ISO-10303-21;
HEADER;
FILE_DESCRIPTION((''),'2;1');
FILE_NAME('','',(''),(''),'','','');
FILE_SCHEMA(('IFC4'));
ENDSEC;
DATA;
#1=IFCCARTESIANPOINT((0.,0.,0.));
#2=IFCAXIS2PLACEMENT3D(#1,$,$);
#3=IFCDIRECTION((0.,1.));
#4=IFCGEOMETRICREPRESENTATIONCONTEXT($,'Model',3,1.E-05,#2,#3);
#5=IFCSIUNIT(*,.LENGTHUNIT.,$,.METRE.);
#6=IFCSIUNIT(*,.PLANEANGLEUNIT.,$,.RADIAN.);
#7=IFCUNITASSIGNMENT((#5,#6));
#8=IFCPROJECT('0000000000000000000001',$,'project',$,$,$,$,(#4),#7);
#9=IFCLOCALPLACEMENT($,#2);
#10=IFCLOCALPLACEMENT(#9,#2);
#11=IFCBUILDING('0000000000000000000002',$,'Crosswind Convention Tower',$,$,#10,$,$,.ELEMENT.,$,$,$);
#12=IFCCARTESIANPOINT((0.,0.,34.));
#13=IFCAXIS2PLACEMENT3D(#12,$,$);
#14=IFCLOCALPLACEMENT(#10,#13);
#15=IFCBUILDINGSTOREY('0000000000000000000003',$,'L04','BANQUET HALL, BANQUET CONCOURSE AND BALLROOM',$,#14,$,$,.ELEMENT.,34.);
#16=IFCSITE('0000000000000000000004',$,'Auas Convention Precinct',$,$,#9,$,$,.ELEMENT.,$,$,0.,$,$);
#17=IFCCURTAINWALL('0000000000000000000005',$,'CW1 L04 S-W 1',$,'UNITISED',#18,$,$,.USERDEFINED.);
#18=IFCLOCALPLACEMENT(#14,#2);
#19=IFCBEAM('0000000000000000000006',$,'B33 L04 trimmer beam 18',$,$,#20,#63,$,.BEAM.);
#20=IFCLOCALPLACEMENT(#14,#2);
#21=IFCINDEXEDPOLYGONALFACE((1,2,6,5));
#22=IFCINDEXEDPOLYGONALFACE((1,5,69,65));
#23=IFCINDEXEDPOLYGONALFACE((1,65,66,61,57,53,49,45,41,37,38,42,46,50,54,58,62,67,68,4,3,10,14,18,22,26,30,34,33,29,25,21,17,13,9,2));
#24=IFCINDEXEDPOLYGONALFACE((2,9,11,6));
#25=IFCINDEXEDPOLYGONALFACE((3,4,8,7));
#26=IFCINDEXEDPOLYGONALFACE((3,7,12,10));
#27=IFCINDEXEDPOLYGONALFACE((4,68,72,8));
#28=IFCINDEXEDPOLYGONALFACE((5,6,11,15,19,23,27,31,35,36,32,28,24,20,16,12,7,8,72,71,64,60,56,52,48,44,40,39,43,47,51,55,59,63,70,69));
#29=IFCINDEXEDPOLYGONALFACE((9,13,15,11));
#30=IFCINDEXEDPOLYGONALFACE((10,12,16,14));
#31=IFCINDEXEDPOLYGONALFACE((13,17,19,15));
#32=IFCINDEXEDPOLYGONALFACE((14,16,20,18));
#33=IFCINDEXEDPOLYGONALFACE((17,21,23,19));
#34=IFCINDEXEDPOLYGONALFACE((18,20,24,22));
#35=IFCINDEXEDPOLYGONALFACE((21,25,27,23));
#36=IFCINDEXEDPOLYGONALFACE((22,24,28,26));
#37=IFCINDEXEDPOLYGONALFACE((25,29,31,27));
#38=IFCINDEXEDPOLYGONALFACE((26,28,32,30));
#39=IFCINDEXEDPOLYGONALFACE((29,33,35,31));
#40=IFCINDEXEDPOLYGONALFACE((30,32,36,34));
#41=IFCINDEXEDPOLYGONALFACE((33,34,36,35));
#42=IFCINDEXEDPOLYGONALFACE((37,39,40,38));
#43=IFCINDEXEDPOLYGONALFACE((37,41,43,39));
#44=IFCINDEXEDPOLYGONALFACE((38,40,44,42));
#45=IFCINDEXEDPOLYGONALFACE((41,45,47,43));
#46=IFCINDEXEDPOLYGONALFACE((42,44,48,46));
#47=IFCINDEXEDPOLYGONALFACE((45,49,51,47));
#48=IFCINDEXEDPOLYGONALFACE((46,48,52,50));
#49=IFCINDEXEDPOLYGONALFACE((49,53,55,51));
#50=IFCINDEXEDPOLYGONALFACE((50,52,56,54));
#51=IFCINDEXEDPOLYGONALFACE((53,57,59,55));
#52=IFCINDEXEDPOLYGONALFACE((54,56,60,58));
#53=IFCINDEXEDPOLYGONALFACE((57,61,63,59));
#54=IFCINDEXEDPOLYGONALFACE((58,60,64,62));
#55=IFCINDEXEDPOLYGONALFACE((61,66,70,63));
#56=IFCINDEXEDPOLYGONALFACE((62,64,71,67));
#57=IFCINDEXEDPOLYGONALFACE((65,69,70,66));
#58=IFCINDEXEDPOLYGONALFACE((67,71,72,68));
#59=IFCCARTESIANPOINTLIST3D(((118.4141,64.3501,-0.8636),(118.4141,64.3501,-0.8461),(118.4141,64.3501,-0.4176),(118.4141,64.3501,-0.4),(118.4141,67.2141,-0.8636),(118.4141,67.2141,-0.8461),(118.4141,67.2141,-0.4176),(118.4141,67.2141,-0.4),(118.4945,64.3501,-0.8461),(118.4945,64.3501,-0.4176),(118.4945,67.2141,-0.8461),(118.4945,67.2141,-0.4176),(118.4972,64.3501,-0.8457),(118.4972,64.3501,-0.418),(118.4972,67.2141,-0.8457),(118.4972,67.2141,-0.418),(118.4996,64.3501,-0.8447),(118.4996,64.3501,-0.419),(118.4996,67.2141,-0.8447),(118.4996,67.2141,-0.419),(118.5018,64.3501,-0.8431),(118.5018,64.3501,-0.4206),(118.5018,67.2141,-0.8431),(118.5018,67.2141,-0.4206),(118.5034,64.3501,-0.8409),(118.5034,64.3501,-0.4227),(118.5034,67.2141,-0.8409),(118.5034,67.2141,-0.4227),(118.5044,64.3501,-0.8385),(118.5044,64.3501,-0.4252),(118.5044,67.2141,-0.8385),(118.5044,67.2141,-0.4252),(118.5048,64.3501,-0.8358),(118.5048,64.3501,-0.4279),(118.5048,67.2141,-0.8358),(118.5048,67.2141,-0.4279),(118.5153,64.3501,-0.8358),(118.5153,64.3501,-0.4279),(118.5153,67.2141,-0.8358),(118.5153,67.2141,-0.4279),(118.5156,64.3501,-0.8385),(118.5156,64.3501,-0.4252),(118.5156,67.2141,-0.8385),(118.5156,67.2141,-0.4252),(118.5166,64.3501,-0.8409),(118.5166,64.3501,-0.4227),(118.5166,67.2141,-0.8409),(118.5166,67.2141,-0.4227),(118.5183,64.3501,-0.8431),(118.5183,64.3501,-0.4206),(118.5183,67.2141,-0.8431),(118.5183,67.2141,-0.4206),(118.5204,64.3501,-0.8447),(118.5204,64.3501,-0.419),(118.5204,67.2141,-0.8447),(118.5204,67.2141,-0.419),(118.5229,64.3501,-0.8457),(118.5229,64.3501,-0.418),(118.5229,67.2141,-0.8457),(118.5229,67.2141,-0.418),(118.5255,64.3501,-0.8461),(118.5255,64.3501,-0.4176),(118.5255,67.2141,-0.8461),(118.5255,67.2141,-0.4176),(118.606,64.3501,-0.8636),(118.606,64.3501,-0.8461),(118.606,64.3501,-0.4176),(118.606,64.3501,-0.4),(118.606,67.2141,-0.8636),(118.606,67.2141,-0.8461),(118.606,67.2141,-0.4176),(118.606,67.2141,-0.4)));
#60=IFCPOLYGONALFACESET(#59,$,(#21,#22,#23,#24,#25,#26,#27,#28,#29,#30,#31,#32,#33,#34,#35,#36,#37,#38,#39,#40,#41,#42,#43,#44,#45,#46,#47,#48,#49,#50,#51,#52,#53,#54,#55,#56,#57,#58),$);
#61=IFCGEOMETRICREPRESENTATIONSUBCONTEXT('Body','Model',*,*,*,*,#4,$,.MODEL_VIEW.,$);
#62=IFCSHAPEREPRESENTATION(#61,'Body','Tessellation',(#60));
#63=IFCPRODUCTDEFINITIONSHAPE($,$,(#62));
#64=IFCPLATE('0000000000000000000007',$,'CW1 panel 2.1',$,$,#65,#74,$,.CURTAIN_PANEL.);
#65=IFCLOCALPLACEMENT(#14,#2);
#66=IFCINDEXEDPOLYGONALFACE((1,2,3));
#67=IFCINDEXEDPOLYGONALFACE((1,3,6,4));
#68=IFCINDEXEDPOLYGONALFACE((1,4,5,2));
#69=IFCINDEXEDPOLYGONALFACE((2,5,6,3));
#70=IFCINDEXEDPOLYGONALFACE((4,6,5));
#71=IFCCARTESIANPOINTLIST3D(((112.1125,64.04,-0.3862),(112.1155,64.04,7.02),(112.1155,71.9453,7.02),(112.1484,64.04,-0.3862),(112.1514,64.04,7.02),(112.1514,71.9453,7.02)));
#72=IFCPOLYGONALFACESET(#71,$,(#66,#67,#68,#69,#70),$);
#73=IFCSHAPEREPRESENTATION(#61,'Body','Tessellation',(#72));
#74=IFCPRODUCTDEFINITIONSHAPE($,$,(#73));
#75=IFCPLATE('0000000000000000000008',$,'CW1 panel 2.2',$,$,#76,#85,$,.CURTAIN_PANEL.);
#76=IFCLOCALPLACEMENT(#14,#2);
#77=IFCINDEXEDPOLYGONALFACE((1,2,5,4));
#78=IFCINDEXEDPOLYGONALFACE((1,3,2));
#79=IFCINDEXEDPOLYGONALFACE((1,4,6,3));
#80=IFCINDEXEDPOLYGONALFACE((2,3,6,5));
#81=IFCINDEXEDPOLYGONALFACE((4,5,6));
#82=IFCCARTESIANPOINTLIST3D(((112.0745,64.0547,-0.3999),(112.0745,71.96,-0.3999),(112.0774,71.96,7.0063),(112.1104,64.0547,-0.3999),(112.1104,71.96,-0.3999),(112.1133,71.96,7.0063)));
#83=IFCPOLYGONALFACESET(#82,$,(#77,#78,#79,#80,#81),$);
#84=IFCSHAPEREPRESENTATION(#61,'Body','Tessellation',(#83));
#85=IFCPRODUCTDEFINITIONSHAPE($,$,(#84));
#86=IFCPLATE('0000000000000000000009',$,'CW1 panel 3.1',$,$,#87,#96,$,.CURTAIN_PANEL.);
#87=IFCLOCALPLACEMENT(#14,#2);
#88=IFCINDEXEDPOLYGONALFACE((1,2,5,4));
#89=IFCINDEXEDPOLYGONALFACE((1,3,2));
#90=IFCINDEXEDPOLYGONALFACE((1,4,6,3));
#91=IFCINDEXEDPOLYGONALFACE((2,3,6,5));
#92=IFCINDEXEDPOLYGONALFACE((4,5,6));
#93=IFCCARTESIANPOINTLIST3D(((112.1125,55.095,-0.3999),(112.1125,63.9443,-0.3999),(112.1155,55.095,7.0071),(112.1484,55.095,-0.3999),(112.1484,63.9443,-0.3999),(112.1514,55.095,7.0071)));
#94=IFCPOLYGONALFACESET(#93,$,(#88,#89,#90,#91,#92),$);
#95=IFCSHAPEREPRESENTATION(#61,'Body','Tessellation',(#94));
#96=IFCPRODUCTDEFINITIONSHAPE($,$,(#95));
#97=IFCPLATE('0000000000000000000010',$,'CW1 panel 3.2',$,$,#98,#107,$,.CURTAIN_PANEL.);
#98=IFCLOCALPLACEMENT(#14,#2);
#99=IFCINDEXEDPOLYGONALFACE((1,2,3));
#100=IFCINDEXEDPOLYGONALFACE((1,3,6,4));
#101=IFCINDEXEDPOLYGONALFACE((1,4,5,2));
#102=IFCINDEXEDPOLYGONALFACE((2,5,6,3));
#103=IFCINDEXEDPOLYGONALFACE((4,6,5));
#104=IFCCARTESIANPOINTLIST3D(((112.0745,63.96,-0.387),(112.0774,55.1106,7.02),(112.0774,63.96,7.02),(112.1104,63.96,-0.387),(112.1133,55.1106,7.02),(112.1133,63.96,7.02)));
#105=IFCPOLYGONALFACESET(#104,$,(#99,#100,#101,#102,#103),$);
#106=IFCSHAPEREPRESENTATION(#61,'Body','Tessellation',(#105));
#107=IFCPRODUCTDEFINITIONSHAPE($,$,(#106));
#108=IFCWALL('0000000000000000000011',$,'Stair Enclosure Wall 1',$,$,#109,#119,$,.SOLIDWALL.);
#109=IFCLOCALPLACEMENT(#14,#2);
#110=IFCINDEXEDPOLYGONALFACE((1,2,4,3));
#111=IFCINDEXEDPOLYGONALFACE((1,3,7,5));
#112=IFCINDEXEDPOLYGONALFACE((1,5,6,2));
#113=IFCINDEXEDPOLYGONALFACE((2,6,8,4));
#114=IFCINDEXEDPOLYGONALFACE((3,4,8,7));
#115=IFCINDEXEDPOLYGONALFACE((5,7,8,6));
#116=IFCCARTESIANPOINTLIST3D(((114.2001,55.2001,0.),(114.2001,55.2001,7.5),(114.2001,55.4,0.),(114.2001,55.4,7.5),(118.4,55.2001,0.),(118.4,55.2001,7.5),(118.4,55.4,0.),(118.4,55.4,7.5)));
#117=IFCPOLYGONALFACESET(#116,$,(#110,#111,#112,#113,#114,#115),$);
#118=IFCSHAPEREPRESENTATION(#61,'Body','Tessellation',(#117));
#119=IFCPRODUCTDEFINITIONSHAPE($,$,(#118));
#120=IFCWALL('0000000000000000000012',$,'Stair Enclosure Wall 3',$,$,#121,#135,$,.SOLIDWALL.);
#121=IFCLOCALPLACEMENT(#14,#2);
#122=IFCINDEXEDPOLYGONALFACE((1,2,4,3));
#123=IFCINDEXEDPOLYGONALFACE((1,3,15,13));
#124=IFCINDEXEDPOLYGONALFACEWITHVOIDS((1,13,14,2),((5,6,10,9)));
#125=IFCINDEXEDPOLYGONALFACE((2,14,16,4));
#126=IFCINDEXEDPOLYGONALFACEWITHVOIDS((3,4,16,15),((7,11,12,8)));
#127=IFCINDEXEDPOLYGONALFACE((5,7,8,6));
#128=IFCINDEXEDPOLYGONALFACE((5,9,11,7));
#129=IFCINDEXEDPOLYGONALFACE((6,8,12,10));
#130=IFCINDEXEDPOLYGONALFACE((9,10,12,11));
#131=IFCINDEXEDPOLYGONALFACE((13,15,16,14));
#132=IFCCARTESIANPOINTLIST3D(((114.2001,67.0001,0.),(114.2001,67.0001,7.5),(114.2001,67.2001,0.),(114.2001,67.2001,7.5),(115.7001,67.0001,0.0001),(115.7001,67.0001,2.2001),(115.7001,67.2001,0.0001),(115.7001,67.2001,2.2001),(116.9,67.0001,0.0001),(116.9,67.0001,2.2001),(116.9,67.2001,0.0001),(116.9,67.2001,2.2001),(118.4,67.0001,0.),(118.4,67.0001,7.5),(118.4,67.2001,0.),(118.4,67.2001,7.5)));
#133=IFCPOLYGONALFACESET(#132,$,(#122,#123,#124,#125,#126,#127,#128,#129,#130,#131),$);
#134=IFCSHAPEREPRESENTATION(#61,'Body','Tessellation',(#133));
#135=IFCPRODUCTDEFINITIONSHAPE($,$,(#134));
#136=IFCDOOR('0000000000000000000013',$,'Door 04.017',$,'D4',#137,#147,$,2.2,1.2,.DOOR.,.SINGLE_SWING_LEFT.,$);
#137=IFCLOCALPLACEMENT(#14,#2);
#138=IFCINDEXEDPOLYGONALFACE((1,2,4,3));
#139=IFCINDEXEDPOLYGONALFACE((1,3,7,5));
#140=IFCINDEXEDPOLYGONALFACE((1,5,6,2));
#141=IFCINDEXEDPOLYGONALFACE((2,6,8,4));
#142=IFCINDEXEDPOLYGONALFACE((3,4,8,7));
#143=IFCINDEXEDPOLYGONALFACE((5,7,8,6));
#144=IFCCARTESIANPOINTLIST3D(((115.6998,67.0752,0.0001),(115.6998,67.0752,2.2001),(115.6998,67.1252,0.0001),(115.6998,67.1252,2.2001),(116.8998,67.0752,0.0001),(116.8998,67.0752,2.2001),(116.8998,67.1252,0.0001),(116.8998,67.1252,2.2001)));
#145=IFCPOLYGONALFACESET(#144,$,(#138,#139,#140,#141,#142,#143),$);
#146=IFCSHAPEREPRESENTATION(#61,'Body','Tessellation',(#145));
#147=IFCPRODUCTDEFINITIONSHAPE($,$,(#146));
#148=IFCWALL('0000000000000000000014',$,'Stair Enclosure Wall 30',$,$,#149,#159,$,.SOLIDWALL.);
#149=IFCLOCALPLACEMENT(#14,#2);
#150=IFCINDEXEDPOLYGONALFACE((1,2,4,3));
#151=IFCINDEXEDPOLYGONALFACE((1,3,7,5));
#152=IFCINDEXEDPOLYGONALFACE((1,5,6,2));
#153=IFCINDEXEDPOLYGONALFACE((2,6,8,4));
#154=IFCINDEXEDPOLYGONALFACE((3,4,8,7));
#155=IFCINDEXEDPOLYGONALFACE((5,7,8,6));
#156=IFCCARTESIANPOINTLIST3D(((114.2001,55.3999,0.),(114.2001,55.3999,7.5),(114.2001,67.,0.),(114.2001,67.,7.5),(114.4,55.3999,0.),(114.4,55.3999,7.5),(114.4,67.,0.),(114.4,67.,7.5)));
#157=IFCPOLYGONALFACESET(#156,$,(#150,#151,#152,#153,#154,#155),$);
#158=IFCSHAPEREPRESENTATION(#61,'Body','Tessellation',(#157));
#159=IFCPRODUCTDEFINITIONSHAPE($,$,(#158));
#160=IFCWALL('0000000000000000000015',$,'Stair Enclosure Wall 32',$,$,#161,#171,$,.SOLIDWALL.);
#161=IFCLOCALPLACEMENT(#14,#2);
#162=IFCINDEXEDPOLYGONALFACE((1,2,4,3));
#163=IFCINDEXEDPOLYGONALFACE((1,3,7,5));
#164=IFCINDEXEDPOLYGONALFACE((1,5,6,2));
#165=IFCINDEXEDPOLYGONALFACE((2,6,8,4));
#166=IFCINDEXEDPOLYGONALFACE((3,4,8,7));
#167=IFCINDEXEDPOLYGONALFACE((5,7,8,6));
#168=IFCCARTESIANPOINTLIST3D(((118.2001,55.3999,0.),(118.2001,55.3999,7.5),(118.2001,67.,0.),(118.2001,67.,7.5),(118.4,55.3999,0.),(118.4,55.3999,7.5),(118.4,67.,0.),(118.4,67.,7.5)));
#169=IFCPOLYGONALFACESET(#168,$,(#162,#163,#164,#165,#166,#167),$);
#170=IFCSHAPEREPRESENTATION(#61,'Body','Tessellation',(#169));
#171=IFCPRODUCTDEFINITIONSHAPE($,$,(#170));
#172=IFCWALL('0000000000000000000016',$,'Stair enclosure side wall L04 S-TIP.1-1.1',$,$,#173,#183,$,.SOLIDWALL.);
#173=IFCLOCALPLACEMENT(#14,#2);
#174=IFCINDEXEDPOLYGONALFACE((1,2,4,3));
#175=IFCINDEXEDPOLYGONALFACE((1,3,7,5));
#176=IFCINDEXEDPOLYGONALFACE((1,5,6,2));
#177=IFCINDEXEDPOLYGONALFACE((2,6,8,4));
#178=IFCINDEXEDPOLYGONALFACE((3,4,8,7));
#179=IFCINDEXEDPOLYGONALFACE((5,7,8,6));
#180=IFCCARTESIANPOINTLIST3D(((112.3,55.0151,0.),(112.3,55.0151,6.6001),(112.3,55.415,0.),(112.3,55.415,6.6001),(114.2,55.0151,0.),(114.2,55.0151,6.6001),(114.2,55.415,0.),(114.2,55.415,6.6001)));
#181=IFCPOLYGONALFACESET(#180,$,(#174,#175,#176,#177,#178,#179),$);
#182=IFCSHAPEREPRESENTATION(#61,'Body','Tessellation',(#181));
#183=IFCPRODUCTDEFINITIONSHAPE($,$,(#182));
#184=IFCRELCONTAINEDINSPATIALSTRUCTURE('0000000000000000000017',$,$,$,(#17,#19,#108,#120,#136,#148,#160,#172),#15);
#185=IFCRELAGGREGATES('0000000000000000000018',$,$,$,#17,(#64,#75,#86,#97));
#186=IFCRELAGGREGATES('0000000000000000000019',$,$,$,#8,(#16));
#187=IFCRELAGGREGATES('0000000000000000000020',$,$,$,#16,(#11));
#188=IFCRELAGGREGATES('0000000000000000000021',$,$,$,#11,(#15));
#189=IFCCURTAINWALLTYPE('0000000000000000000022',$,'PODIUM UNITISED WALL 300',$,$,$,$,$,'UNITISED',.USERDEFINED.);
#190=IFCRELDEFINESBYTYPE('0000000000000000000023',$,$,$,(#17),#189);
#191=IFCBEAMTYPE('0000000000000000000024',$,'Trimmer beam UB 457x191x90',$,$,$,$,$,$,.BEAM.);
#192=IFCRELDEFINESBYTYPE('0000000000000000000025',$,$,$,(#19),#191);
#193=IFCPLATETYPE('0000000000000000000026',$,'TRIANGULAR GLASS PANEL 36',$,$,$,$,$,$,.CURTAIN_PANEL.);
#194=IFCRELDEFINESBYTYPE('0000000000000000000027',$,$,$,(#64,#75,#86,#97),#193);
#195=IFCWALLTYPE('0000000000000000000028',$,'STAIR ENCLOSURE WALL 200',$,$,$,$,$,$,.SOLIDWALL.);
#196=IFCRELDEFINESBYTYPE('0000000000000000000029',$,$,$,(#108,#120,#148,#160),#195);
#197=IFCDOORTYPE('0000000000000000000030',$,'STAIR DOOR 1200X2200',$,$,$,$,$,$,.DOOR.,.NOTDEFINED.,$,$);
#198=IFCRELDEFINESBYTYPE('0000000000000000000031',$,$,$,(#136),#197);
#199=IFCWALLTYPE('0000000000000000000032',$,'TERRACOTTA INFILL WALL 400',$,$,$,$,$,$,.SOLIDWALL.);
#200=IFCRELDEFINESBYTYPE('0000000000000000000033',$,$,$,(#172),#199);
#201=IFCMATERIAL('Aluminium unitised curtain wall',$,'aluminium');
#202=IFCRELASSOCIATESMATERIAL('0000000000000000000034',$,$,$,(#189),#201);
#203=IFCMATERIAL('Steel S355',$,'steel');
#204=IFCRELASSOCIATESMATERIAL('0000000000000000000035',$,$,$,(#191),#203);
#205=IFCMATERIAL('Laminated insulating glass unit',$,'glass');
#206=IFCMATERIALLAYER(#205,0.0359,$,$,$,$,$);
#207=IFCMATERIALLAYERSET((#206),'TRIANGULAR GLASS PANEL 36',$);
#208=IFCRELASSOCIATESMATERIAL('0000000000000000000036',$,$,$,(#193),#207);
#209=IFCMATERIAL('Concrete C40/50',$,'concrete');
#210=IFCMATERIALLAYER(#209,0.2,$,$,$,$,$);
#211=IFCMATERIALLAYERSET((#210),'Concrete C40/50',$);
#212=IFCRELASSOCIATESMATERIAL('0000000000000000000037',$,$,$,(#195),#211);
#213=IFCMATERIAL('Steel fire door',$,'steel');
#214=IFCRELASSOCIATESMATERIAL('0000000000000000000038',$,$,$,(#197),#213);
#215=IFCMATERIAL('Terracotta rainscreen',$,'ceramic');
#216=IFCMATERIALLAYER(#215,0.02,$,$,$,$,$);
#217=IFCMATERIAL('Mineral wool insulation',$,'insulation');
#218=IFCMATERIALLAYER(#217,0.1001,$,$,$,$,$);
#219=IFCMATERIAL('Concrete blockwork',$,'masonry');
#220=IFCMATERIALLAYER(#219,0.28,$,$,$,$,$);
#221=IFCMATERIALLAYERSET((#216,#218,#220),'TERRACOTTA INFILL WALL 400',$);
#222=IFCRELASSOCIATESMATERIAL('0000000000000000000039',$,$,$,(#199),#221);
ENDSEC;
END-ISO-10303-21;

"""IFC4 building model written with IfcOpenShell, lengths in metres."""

from ifc_helpers import new_model, si_unit, direction, frame, frame_2d, origin, origin_2d, place, context, subcontext, project, spatial, polyline, rectangle, i_section, outline, extrude, material, layer, layer_set, material_profile, profile_set, type_object, element, fill, aggregate, save


model = new_model("IFC4")

# Units and contexts
model_context = context("Model", 3, precision=1e-05, world=origin(), true_north=direction((0.0, 1.0)))
body_context = subcontext(model_context, "Body", "Model", "MODEL_VIEW")
ifc_project = project(units=[si_unit("LENGTHUNIT", "METRE"), si_unit("PLANEANGLEUNIT", "RADIAN")], contexts=[model_context])

# Site, building, storey
site_placement = place(None, origin())
site = spatial("IfcSite", under=ifc_project, at=site_placement, Name="Auas Convention Precinct", CompositionType="ELEMENT", RefElevation=0.0)
building_placement = place(site_placement, origin())
building = spatial("IfcBuilding", under=site, at=building_placement, Name="Crosswind Convention Tower", CompositionType="ELEMENT")
storey_placement = place(building_placement, frame((0.0, 0.0, 34.0)))
storey = spatial("IfcBuildingStorey", under=building, at=storey_placement, Name="L04", Description="BANQUET HALL, BANQUET CONCOURSE AND BALLROOM", CompositionType="ELEMENT", Elevation=34.0)

# Shared definitions
ifc_material_1 = material(Name="Steel S355", Category="steel")

# Curtain wall
ifc_material_2 = material(Name="Aluminium unitised curtain wall", Category="aluminium")
curtain_wall_type = type_object("IfcCurtainWallType", Name="PODIUM UNITISED WALL 300", ElementType="UNITISED", PredefinedType="USERDEFINED", material=ifc_material_2)
curtain_wall_placement = place(storey_placement, origin())
curtain_wall = element("IfcCurtainWall", 1, at=curtain_wall_placement, inside=storey, type_object=curtain_wall_type, Name="CW1 L04 S-W 1", ObjectType="UNITISED", PredefinedType="USERDEFINED")

# Beam
ifc_material_profile_1 = material_profile(ifc_material_1, i_section(OverallWidth=0.1919, OverallDepth=0.4636, WebThickness=0.0105, FlangeThickness=0.0176, FilletRadius=0.0103, at=origin_2d()), Name="UB 457x191x90")
ifc_profile_set_1 = profile_set([ifc_material_profile_1], Name="Steel S355")
beam_type_1 = type_object("IfcBeamType", Name="Trimmer beam UB 457x191x90", PredefinedType="BEAM", material=ifc_profile_set_1)
beam_1_placement = place(storey_placement, frame((118.51, 67.2141, -0.6318), z_axis=(0.0, -1.0, 0.0), x_axis=(1.0, 0.0, 0.0)))
element("IfcBeam", 2, at=beam_1_placement, inside=storey, type_object=beam_type_1, Name="B33 L04 trimmer beam 18", PredefinedType="BEAM", context=body_context, shape_type="SweptSolid", body=[
    extrude(i_section(OverallWidth=0.1919, OverallDepth=0.4636, WebThickness=0.0105, FlangeThickness=0.0176, FilletRadius=0.0103, at=origin_2d()), origin(), (0.0, 0.0, 1.0), 2.864),
])

# Plates
ifc_material_3 = material(Name="Laminated insulating glass unit", Category="glass")
ifc_layer_1 = layer(ifc_material_3, 0.0359)
ifc_layer_set_1 = layer_set([ifc_layer_1], Name="TRIANGULAR GLASS PANEL 36")
plate_type = type_object("IfcPlateType", Name="TRIANGULAR GLASS PANEL 36", PredefinedType="CURTAIN_PANEL", material=ifc_layer_set_1)
plate_1_placement = place(storey_placement, frame((112.1155, 64.04, 7.02), z_axis=(-1.0, 0.0, 0.000396), x_axis=(0.0, 1.0, 0.0)))
plate_1 = element("IfcPlate", 3, at=plate_1_placement, type_object=plate_type, Name="CW1 panel 2.1", PredefinedType="CURTAIN_PANEL", context=body_context, shape_type="SweptSolid", body=[
    extrude(outline(polyline([(0.0, 0.0), (7.9053, 0.0), (0.0, 7.4063), (0.0, 0.0)])), origin(), (0.0, 0.0, -1.0), 0.0359),
])
plate_2_placement = place(storey_placement, frame((112.0745, 71.96, -0.3999), z_axis=(-1.0, 0.0, 0.000396), x_axis=(0.0, -1.0, 0.0)))
plate_2 = element("IfcPlate", 4, at=plate_2_placement, type_object=plate_type, Name="CW1 panel 2.2", PredefinedType="CURTAIN_PANEL", context=body_context, shape_type="SweptSolid", body=[
    extrude(outline(polyline([(0.0, 0.0), (7.9053, 0.0), (0.0, 7.4063), (0.0, 0.0)])), origin(), (0.0, 0.0, -1.0), 0.0359),
])
plate_3_placement = place(storey_placement, frame((112.1125, 55.095, -0.3999), z_axis=(-1.0, 0.0, 0.000396), x_axis=(0.000396, 0.0, 1.0)))
plate_3 = element("IfcPlate", 5, at=plate_3_placement, type_object=plate_type, Name="CW1 panel 3.1", PredefinedType="CURTAIN_PANEL", context=body_context, shape_type="SweptSolid", body=[
    extrude(outline(polyline([(0.0, 0.0), (7.407, 0.0), (0.0, 8.8494), (0.0, 0.0)])), origin(), (0.0, 0.0, -1.0), 0.0359),
])
plate_4_placement = place(storey_placement, frame((112.0774, 63.96, 7.02), z_axis=(-1.0, 0.0, 0.000396), x_axis=(-0.000396, 0.0, -1.0)))
plate_4 = element("IfcPlate", 6, at=plate_4_placement, type_object=plate_type, Name="CW1 panel 3.2", PredefinedType="CURTAIN_PANEL", context=body_context, shape_type="SweptSolid", body=[
    extrude(outline(polyline([(0.0, 0.0), (7.407, 0.0), (0.0, 8.8494), (0.0, 0.0)])), origin(), (0.0, 0.0, -1.0), 0.0359),
])
aggregate(curtain_wall, [plate_1, plate_2, plate_3, plate_4])

# Wall
ifc_material_4 = material(Name="Concrete C40/50", Category="concrete")
ifc_layer_2 = layer(ifc_material_4, 0.2)
ifc_layer_set_2 = layer_set([ifc_layer_2], Name="Concrete C40/50")
wall_type_1 = type_object("IfcWallType", Name="STAIR ENCLOSURE WALL 200", PredefinedType="SOLIDWALL", material=ifc_layer_set_2)
wall_1_placement = place(storey_placement, frame((114.2, 55.3, 0.0), z_axis=(0.0, 0.0, 1.0), x_axis=(1.0, 0.0, 0.0)))
element("IfcWall", 7, at=wall_1_placement, inside=storey, type_object=wall_type_1, Name="Stair Enclosure Wall 1", PredefinedType="SOLIDWALL", context=body_context, shape_type="SweptSolid", body=[
    extrude(rectangle(XDim=4.2, YDim=0.2, at=frame_2d((2.1001, 0.0))), origin(), (0.0, 0.0, 1.0), 7.5),
])

# Wall, opening, door
wall_2_placement = place(storey_placement, frame((114.2, 67.1001, 0.0), z_axis=(0.0, 0.0, 1.0), x_axis=(1.0, 0.0, 0.0)))
wall_2 = element("IfcWall", 8, at=wall_2_placement, inside=storey, type_object=wall_type_1, Name="Stair Enclosure Wall 3", PredefinedType="SOLIDWALL", context=body_context, shape_type="SweptSolid", body=[
    extrude(rectangle(XDim=4.2, YDim=0.2, at=frame_2d((2.1001, 0.0))), origin(), (0.0, 0.0, 1.0), 7.5),
])
opening_placement = place(wall_2_placement, frame((1.5, 0.0, 0.0)))
opening = element("IfcOpeningElement", 9, at=opening_placement, cuts=wall_2, PredefinedType="OPENING", context=body_context, shape_type="SweptSolid", body=[
    extrude(rectangle(XDim=1.2, YDim=2.2, at=frame_2d((0.6001, 1.1001))), frame((0.0, 0.1099, 0.0), z_axis=(0.0, -1.0, 0.0), x_axis=(1.0, 0.0, 0.0)), (0.0, 0.0, 1.0), 0.22),
])
ifc_material_5 = material(Name="Steel fire door", Category="steel")
door_type = type_object("IfcDoorType", Name="STAIR DOOR 1200X2200", OperationType="NOTDEFINED", PredefinedType="DOOR", material=ifc_material_5)
door_placement = place(opening_placement, frame((1.2, 0.0, 0.0), z_axis=(0.0, 0.0, 1.0), x_axis=(-1.0, 0.0, 0.0)))
door = element("IfcDoor", 10, at=door_placement, inside=storey, type_object=door_type, Name="Door 04.017", ObjectType="D4", OperationType="SINGLE_SWING_LEFT", OverallHeight=2.2, OverallWidth=1.2, PredefinedType="DOOR", context=body_context, shape_type="SweptSolid", body=[
    extrude(rectangle(XDim=1.2, YDim=2.2, at=frame_2d((0.6001, 1.1001))), frame((0.0, 0.0249, 0.0), z_axis=(0.0, -1.0, 0.0), x_axis=(1.0, 0.0, 0.0)), (0.0, 0.0, 1.0), 0.05),
])
fill(opening, door)

# Walls
for number, where, z_axis, x_axis, name in (
    (11, (114.3, 55.3999, 0.0), (0.0, 0.0, 1.0), (0.0, 1.0, 0.0), "Stair Enclosure Wall 30"),
    (12, (118.3, 55.3999, 0.0), (0.0, 0.0, 1.0), (0.0, 1.0, 0.0), "Stair Enclosure Wall 32"),
):
    element("IfcWall", number, at=place(storey_placement, frame(where, z_axis=z_axis, x_axis=x_axis)), inside=storey, type_object=wall_type_1, Name=name, PredefinedType="SOLIDWALL", context=body_context, shape_type="SweptSolid", body=[
        extrude(rectangle(XDim=11.6001, YDim=0.2, at=frame_2d((5.8, 0.0))), origin(), (0.0, 0.0, 1.0), 7.5),
    ])
ifc_material_6 = material(Name="Terracotta rainscreen", Category="ceramic")
ifc_layer_3 = layer(ifc_material_6, 0.02)
ifc_material_7 = material(Name="Mineral wool insulation", Category="insulation")
ifc_layer_4 = layer(ifc_material_7, 0.1001)
ifc_material_8 = material(Name="Concrete blockwork", Category="masonry")
ifc_layer_5 = layer(ifc_material_8, 0.28)
ifc_layer_set_3 = layer_set([ifc_layer_3, ifc_layer_4, ifc_layer_5], Name="TERRACOTTA INFILL WALL 400")
wall_type_2 = type_object("IfcWallType", Name="TERRACOTTA INFILL WALL 400", PredefinedType="SOLIDWALL", material=ifc_layer_set_3)
wall_3_placement = place(storey_placement, frame((112.3, 55.2151, 0.0), z_axis=(0.0, 0.0, 1.0), x_axis=(1.0, 0.0, 0.0)))
element("IfcWall", 13, at=wall_3_placement, inside=storey, type_object=wall_type_2, Name="Stair enclosure side wall L04 S-TIP.1-1.1", PredefinedType="SOLIDWALL", context=body_context, shape_type="SweptSolid", body=[
    extrude(rectangle(XDim=1.8999, YDim=0.3999, at=frame_2d((0.95, 0.0))), origin(), (0.0, 0.0, 1.0), 6.6001),
])

save(model, "model.ifc")
